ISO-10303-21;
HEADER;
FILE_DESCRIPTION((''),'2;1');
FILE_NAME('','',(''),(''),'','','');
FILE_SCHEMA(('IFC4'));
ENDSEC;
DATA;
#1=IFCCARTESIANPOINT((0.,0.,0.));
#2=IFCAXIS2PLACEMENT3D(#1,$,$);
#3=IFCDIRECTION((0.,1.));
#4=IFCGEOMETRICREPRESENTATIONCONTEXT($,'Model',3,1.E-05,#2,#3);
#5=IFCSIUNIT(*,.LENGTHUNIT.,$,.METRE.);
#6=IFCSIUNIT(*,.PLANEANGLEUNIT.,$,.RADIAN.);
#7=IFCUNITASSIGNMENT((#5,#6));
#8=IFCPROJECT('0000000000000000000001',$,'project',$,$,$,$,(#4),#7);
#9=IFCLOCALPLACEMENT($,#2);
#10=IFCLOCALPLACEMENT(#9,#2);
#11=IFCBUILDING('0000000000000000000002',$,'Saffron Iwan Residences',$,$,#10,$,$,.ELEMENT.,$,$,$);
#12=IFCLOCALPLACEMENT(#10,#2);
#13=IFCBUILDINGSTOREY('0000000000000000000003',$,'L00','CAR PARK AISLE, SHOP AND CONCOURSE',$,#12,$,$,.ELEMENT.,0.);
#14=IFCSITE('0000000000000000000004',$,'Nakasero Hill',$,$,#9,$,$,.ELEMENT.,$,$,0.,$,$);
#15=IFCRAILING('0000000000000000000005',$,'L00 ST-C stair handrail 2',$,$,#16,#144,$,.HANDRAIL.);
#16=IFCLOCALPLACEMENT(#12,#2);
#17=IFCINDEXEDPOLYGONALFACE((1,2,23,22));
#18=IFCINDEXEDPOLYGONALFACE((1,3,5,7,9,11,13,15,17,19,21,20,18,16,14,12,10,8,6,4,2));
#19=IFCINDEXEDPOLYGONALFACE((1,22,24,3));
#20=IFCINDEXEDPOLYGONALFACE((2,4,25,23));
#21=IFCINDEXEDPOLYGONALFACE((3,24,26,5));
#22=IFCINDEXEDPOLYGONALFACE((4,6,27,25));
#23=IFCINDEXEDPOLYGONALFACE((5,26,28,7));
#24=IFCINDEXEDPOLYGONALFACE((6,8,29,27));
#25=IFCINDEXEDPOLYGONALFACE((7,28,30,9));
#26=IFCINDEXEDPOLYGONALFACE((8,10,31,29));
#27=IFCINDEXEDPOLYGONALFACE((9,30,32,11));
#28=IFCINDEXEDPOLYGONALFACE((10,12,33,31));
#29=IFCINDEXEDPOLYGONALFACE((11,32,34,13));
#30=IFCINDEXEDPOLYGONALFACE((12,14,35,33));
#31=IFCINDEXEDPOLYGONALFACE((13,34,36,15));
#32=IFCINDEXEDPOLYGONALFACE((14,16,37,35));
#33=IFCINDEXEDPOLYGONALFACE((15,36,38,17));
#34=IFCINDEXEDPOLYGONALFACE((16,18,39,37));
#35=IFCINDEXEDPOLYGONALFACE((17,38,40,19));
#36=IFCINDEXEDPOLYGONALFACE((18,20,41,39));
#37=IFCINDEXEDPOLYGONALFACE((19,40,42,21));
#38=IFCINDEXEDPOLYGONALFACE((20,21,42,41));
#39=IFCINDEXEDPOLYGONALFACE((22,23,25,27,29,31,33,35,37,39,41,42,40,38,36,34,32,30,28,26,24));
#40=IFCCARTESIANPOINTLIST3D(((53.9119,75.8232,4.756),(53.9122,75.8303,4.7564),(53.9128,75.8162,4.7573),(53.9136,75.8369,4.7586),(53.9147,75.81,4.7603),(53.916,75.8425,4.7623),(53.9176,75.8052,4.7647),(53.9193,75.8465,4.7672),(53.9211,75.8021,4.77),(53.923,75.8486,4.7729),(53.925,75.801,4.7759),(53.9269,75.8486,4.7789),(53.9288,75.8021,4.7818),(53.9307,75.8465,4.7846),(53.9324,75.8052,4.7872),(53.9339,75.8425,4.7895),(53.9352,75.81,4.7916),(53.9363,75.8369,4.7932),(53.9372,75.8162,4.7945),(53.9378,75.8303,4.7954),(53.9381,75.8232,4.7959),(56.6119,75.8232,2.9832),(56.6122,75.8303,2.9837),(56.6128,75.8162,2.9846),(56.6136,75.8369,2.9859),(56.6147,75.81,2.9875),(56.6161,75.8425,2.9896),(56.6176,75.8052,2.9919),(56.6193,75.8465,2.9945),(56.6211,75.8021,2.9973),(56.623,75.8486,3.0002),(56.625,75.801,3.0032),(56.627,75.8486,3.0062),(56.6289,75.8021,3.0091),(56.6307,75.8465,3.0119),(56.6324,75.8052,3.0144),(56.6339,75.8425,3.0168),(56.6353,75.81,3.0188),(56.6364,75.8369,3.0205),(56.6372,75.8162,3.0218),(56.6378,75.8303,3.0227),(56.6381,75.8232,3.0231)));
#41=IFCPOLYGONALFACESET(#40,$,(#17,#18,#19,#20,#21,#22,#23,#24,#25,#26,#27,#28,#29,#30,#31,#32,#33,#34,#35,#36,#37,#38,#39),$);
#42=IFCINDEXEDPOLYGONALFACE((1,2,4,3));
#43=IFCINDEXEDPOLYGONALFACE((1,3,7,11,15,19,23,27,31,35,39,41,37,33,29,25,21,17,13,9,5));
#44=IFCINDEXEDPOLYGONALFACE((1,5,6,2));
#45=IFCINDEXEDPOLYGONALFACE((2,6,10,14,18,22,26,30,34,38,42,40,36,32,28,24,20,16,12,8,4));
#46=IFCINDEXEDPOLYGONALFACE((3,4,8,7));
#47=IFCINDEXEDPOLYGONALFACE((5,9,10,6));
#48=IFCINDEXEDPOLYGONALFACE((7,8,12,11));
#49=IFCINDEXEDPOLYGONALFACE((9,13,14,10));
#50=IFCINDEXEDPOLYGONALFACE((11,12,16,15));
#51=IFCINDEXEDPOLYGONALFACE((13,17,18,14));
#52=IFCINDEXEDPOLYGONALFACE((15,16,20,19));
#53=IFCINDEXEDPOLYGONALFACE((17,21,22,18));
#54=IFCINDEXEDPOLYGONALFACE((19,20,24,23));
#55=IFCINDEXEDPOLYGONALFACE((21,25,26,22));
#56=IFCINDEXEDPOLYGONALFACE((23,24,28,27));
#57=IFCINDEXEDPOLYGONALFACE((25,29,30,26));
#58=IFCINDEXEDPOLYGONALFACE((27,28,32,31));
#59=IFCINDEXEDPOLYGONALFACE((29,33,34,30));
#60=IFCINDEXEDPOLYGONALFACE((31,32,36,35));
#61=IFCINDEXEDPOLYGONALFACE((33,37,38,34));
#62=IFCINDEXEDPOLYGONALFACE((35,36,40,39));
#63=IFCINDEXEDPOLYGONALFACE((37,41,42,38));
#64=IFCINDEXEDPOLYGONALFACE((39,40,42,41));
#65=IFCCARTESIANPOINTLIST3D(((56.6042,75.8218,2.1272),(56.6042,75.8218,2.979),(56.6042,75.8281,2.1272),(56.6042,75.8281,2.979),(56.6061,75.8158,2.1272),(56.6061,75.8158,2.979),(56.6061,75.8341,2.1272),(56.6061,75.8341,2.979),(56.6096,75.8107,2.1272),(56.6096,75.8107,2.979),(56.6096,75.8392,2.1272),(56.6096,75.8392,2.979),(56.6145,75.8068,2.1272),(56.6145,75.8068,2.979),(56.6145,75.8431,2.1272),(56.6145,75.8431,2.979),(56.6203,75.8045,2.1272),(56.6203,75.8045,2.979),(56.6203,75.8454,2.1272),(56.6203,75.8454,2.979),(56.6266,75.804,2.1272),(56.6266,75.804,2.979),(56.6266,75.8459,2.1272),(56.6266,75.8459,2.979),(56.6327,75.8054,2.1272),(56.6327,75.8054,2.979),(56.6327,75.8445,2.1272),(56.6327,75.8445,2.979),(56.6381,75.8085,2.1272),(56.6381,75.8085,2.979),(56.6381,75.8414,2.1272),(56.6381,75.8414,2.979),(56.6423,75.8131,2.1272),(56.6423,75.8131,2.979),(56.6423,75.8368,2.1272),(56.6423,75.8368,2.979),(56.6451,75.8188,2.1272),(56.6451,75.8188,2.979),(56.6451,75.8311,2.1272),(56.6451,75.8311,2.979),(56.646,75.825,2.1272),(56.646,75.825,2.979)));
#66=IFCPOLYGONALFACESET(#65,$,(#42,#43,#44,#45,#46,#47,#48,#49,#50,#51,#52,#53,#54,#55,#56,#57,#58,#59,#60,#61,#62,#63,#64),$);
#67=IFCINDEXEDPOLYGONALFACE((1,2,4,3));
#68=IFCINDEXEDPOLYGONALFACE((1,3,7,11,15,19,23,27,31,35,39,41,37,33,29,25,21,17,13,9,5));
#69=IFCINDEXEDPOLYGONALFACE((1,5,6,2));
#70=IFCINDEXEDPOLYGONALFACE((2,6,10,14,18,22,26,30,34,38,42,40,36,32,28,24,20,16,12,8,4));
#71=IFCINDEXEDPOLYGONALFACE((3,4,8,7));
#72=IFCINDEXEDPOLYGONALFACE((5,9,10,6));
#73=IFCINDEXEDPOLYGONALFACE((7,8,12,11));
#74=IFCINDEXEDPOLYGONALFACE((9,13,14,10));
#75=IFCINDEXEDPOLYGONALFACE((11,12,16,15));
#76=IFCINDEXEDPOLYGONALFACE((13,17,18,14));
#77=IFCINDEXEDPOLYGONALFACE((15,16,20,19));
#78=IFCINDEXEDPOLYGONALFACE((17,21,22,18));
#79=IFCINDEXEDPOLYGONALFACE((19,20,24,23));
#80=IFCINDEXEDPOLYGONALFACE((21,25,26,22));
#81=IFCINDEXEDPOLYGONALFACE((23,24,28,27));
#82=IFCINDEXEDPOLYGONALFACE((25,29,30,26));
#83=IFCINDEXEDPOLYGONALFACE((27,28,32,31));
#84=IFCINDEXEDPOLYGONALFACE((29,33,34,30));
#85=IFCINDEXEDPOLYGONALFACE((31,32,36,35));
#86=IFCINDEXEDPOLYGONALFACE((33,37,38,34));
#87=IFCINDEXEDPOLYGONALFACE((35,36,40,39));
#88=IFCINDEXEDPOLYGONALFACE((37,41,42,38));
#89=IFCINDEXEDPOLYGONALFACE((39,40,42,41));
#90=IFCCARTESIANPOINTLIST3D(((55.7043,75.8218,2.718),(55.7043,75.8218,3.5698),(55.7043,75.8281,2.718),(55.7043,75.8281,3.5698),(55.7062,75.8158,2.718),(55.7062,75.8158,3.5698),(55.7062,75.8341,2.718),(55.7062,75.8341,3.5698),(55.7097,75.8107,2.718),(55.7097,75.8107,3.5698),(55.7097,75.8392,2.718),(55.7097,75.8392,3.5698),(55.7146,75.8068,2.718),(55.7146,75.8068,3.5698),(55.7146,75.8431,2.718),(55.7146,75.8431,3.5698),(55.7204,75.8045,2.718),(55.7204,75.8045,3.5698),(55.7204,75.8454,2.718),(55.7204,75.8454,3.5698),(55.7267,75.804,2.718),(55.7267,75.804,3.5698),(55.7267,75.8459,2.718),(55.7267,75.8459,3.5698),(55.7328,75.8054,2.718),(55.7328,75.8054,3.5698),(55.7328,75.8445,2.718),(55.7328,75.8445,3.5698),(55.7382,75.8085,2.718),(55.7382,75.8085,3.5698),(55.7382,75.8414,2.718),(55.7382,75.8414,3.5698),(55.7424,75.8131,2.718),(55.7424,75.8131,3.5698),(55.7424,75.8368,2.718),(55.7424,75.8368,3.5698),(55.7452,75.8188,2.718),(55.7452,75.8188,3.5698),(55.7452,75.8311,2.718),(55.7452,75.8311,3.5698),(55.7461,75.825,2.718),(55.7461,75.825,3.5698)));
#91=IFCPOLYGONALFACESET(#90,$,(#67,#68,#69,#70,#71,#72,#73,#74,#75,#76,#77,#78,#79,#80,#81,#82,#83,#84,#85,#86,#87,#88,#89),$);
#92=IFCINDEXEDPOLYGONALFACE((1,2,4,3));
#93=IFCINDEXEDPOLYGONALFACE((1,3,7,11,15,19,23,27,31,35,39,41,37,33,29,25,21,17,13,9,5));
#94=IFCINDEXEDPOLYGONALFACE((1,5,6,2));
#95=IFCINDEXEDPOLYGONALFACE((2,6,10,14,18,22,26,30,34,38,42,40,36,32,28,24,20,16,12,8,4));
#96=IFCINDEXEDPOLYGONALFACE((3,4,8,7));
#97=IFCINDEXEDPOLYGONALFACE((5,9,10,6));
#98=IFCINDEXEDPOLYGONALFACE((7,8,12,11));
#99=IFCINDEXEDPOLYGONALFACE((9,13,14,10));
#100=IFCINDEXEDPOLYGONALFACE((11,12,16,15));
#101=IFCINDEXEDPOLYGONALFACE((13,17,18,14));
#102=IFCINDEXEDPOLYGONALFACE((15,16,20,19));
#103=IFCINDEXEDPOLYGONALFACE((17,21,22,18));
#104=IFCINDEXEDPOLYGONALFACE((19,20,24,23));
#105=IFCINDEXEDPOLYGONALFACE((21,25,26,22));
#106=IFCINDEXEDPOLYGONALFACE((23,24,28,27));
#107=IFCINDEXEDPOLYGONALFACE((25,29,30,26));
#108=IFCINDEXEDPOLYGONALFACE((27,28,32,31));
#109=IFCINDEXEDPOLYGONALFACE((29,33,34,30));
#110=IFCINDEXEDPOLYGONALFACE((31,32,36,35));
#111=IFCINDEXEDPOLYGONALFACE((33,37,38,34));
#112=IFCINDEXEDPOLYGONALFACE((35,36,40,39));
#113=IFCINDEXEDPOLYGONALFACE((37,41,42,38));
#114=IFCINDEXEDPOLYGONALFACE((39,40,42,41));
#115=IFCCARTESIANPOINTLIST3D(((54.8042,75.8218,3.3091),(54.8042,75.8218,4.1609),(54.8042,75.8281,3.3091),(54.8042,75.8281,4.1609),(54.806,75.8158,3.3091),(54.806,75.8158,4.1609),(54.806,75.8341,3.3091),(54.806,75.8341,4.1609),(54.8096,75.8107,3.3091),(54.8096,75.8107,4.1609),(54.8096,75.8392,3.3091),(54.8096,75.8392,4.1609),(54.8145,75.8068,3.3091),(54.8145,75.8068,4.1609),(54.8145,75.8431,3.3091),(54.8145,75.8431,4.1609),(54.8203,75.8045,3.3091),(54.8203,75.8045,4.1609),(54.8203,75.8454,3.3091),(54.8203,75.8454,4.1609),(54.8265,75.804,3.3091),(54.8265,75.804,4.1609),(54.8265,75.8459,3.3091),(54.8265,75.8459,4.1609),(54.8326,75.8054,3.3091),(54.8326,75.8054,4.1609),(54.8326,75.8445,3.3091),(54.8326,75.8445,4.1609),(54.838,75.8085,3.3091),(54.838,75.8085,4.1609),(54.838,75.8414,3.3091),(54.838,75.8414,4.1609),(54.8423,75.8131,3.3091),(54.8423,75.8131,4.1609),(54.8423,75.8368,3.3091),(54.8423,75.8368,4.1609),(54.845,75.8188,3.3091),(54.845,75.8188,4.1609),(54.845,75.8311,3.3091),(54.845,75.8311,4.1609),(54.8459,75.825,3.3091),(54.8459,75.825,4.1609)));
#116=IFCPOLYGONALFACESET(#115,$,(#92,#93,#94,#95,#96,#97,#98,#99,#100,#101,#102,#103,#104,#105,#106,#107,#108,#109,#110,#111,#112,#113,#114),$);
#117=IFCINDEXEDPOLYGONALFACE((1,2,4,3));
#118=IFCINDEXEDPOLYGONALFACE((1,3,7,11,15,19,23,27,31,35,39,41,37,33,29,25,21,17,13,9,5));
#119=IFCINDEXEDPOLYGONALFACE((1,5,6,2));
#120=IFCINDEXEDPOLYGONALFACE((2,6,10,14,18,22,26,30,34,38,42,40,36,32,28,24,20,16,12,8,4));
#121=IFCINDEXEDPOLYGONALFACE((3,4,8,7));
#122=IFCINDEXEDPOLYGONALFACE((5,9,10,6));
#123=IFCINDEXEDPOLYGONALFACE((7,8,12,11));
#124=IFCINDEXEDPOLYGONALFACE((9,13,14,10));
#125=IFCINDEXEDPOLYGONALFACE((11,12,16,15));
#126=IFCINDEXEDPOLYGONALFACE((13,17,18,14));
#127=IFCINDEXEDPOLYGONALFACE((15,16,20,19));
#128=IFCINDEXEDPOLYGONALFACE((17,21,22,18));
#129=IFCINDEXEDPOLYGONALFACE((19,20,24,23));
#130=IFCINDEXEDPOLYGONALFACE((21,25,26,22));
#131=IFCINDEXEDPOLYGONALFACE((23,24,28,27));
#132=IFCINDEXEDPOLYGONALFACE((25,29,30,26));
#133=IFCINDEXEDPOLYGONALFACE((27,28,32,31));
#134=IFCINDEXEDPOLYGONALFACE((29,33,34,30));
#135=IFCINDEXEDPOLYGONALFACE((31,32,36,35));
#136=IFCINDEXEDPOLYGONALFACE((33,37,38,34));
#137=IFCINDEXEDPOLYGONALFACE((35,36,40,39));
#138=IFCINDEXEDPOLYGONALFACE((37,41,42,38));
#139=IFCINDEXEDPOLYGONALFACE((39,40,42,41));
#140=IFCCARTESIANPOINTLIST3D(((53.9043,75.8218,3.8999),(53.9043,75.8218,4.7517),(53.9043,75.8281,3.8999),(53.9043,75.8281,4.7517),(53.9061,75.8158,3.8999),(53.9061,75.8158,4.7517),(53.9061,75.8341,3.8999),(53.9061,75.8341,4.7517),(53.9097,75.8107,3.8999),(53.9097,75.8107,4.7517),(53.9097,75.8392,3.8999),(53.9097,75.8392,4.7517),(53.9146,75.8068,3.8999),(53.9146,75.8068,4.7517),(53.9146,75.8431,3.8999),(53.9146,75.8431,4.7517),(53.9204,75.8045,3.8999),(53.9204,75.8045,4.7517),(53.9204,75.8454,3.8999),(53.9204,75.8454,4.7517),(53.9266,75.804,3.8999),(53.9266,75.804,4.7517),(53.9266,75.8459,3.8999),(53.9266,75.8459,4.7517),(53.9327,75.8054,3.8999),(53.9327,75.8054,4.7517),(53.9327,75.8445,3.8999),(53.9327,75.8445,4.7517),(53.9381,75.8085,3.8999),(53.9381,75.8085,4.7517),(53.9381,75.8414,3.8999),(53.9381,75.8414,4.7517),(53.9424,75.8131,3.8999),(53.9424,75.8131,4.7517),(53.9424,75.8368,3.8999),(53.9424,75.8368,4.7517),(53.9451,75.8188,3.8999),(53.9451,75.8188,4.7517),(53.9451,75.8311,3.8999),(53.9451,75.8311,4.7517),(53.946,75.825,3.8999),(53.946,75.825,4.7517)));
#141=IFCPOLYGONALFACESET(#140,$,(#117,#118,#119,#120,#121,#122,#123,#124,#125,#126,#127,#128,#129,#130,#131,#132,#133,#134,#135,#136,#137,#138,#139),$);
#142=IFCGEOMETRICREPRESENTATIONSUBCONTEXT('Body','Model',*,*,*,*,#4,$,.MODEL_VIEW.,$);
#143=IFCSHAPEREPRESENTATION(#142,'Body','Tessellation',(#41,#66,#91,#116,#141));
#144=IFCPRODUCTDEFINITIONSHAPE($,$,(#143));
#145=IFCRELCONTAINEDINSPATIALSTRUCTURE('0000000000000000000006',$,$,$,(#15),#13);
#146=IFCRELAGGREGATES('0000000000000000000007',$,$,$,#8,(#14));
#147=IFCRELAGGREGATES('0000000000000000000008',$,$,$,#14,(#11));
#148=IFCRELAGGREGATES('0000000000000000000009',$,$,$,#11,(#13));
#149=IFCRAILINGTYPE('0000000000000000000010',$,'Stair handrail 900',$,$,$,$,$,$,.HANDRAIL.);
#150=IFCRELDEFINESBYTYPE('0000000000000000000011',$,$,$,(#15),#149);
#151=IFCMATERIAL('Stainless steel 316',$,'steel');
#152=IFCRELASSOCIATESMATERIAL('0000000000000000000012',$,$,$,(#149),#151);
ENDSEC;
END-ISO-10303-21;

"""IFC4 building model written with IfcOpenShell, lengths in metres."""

from ifc_helpers import new_model, si_unit, direction, frame, origin, origin_2d, place, context, subcontext, project, spatial, circle, extrude, material, type_object, element, save


model = new_model("IFC4")

# Units and contexts
model_context = context("Model", 3, precision=1e-05, world=origin(), true_north=direction((0.0, 1.0)))
body_context = subcontext(model_context, "Body", "Model", "MODEL_VIEW")
ifc_project = project(units=[si_unit("LENGTHUNIT", "METRE"), si_unit("PLANEANGLEUNIT", "RADIAN")], contexts=[model_context])

# Site, building, storey
site_placement = place(None, origin())
site = spatial("IfcSite", under=ifc_project, at=site_placement, Name="Nakasero Hill", CompositionType="ELEMENT", RefElevation=0.0)
building_placement = place(site_placement, origin())
building = spatial("IfcBuilding", under=site, at=building_placement, Name="Saffron Iwan Residences", CompositionType="ELEMENT")
storey_placement = place(building_placement, origin())
storey = spatial("IfcBuildingStorey", under=building, at=storey_placement, Name="L00", Description="CAR PARK AISLE, SHOP AND CONCOURSE", CompositionType="ELEMENT", Elevation=0.0)

# Railing
ifc_material_1 = material(Name="Stainless steel 316", Category="steel")
railing_type_1 = type_object("IfcRailingType", Name="Stair handrail 900", PredefinedType="HANDRAIL", material=ifc_material_1)
railing_1_placement = place(storey_placement, frame((56.625, 75.825, 2.1272)))
element("IfcRailing", 1, at=railing_1_placement, inside=storey, type_object=railing_type_1, Name="L00 ST-C stair handrail 2", PredefinedType="HANDRAIL", context=body_context, shape_type="SweptSolid", body=[
    extrude(circle(Radius=0.0239, at=origin_2d()), frame((0.0, 0.0, 0.876), z_axis=(-0.835925, 0.0, 0.548843), x_axis=(0.0, -1.0, 0.0)), (0.0, 0.0, 1.0), 3.23),
    extrude(circle(Radius=0.021, at=origin_2d()), origin(), (0.0, 0.0, 1.0), 0.8518),
    extrude(circle(Radius=0.021, at=origin_2d()), frame((-0.8999, 0.0, 0.5908)), (0.0, 0.0, 1.0), 0.8518),
    extrude(circle(Radius=0.021, at=origin_2d()), frame((-1.8, 0.0, 1.1819)), (0.0, 0.0, 1.0), 0.8518),
    extrude(circle(Radius=0.021, at=origin_2d()), frame((-2.7, 0.0, 1.7727)), (0.0, 0.0, 1.0), 0.8518),
])

save(model, "model.ifc")
